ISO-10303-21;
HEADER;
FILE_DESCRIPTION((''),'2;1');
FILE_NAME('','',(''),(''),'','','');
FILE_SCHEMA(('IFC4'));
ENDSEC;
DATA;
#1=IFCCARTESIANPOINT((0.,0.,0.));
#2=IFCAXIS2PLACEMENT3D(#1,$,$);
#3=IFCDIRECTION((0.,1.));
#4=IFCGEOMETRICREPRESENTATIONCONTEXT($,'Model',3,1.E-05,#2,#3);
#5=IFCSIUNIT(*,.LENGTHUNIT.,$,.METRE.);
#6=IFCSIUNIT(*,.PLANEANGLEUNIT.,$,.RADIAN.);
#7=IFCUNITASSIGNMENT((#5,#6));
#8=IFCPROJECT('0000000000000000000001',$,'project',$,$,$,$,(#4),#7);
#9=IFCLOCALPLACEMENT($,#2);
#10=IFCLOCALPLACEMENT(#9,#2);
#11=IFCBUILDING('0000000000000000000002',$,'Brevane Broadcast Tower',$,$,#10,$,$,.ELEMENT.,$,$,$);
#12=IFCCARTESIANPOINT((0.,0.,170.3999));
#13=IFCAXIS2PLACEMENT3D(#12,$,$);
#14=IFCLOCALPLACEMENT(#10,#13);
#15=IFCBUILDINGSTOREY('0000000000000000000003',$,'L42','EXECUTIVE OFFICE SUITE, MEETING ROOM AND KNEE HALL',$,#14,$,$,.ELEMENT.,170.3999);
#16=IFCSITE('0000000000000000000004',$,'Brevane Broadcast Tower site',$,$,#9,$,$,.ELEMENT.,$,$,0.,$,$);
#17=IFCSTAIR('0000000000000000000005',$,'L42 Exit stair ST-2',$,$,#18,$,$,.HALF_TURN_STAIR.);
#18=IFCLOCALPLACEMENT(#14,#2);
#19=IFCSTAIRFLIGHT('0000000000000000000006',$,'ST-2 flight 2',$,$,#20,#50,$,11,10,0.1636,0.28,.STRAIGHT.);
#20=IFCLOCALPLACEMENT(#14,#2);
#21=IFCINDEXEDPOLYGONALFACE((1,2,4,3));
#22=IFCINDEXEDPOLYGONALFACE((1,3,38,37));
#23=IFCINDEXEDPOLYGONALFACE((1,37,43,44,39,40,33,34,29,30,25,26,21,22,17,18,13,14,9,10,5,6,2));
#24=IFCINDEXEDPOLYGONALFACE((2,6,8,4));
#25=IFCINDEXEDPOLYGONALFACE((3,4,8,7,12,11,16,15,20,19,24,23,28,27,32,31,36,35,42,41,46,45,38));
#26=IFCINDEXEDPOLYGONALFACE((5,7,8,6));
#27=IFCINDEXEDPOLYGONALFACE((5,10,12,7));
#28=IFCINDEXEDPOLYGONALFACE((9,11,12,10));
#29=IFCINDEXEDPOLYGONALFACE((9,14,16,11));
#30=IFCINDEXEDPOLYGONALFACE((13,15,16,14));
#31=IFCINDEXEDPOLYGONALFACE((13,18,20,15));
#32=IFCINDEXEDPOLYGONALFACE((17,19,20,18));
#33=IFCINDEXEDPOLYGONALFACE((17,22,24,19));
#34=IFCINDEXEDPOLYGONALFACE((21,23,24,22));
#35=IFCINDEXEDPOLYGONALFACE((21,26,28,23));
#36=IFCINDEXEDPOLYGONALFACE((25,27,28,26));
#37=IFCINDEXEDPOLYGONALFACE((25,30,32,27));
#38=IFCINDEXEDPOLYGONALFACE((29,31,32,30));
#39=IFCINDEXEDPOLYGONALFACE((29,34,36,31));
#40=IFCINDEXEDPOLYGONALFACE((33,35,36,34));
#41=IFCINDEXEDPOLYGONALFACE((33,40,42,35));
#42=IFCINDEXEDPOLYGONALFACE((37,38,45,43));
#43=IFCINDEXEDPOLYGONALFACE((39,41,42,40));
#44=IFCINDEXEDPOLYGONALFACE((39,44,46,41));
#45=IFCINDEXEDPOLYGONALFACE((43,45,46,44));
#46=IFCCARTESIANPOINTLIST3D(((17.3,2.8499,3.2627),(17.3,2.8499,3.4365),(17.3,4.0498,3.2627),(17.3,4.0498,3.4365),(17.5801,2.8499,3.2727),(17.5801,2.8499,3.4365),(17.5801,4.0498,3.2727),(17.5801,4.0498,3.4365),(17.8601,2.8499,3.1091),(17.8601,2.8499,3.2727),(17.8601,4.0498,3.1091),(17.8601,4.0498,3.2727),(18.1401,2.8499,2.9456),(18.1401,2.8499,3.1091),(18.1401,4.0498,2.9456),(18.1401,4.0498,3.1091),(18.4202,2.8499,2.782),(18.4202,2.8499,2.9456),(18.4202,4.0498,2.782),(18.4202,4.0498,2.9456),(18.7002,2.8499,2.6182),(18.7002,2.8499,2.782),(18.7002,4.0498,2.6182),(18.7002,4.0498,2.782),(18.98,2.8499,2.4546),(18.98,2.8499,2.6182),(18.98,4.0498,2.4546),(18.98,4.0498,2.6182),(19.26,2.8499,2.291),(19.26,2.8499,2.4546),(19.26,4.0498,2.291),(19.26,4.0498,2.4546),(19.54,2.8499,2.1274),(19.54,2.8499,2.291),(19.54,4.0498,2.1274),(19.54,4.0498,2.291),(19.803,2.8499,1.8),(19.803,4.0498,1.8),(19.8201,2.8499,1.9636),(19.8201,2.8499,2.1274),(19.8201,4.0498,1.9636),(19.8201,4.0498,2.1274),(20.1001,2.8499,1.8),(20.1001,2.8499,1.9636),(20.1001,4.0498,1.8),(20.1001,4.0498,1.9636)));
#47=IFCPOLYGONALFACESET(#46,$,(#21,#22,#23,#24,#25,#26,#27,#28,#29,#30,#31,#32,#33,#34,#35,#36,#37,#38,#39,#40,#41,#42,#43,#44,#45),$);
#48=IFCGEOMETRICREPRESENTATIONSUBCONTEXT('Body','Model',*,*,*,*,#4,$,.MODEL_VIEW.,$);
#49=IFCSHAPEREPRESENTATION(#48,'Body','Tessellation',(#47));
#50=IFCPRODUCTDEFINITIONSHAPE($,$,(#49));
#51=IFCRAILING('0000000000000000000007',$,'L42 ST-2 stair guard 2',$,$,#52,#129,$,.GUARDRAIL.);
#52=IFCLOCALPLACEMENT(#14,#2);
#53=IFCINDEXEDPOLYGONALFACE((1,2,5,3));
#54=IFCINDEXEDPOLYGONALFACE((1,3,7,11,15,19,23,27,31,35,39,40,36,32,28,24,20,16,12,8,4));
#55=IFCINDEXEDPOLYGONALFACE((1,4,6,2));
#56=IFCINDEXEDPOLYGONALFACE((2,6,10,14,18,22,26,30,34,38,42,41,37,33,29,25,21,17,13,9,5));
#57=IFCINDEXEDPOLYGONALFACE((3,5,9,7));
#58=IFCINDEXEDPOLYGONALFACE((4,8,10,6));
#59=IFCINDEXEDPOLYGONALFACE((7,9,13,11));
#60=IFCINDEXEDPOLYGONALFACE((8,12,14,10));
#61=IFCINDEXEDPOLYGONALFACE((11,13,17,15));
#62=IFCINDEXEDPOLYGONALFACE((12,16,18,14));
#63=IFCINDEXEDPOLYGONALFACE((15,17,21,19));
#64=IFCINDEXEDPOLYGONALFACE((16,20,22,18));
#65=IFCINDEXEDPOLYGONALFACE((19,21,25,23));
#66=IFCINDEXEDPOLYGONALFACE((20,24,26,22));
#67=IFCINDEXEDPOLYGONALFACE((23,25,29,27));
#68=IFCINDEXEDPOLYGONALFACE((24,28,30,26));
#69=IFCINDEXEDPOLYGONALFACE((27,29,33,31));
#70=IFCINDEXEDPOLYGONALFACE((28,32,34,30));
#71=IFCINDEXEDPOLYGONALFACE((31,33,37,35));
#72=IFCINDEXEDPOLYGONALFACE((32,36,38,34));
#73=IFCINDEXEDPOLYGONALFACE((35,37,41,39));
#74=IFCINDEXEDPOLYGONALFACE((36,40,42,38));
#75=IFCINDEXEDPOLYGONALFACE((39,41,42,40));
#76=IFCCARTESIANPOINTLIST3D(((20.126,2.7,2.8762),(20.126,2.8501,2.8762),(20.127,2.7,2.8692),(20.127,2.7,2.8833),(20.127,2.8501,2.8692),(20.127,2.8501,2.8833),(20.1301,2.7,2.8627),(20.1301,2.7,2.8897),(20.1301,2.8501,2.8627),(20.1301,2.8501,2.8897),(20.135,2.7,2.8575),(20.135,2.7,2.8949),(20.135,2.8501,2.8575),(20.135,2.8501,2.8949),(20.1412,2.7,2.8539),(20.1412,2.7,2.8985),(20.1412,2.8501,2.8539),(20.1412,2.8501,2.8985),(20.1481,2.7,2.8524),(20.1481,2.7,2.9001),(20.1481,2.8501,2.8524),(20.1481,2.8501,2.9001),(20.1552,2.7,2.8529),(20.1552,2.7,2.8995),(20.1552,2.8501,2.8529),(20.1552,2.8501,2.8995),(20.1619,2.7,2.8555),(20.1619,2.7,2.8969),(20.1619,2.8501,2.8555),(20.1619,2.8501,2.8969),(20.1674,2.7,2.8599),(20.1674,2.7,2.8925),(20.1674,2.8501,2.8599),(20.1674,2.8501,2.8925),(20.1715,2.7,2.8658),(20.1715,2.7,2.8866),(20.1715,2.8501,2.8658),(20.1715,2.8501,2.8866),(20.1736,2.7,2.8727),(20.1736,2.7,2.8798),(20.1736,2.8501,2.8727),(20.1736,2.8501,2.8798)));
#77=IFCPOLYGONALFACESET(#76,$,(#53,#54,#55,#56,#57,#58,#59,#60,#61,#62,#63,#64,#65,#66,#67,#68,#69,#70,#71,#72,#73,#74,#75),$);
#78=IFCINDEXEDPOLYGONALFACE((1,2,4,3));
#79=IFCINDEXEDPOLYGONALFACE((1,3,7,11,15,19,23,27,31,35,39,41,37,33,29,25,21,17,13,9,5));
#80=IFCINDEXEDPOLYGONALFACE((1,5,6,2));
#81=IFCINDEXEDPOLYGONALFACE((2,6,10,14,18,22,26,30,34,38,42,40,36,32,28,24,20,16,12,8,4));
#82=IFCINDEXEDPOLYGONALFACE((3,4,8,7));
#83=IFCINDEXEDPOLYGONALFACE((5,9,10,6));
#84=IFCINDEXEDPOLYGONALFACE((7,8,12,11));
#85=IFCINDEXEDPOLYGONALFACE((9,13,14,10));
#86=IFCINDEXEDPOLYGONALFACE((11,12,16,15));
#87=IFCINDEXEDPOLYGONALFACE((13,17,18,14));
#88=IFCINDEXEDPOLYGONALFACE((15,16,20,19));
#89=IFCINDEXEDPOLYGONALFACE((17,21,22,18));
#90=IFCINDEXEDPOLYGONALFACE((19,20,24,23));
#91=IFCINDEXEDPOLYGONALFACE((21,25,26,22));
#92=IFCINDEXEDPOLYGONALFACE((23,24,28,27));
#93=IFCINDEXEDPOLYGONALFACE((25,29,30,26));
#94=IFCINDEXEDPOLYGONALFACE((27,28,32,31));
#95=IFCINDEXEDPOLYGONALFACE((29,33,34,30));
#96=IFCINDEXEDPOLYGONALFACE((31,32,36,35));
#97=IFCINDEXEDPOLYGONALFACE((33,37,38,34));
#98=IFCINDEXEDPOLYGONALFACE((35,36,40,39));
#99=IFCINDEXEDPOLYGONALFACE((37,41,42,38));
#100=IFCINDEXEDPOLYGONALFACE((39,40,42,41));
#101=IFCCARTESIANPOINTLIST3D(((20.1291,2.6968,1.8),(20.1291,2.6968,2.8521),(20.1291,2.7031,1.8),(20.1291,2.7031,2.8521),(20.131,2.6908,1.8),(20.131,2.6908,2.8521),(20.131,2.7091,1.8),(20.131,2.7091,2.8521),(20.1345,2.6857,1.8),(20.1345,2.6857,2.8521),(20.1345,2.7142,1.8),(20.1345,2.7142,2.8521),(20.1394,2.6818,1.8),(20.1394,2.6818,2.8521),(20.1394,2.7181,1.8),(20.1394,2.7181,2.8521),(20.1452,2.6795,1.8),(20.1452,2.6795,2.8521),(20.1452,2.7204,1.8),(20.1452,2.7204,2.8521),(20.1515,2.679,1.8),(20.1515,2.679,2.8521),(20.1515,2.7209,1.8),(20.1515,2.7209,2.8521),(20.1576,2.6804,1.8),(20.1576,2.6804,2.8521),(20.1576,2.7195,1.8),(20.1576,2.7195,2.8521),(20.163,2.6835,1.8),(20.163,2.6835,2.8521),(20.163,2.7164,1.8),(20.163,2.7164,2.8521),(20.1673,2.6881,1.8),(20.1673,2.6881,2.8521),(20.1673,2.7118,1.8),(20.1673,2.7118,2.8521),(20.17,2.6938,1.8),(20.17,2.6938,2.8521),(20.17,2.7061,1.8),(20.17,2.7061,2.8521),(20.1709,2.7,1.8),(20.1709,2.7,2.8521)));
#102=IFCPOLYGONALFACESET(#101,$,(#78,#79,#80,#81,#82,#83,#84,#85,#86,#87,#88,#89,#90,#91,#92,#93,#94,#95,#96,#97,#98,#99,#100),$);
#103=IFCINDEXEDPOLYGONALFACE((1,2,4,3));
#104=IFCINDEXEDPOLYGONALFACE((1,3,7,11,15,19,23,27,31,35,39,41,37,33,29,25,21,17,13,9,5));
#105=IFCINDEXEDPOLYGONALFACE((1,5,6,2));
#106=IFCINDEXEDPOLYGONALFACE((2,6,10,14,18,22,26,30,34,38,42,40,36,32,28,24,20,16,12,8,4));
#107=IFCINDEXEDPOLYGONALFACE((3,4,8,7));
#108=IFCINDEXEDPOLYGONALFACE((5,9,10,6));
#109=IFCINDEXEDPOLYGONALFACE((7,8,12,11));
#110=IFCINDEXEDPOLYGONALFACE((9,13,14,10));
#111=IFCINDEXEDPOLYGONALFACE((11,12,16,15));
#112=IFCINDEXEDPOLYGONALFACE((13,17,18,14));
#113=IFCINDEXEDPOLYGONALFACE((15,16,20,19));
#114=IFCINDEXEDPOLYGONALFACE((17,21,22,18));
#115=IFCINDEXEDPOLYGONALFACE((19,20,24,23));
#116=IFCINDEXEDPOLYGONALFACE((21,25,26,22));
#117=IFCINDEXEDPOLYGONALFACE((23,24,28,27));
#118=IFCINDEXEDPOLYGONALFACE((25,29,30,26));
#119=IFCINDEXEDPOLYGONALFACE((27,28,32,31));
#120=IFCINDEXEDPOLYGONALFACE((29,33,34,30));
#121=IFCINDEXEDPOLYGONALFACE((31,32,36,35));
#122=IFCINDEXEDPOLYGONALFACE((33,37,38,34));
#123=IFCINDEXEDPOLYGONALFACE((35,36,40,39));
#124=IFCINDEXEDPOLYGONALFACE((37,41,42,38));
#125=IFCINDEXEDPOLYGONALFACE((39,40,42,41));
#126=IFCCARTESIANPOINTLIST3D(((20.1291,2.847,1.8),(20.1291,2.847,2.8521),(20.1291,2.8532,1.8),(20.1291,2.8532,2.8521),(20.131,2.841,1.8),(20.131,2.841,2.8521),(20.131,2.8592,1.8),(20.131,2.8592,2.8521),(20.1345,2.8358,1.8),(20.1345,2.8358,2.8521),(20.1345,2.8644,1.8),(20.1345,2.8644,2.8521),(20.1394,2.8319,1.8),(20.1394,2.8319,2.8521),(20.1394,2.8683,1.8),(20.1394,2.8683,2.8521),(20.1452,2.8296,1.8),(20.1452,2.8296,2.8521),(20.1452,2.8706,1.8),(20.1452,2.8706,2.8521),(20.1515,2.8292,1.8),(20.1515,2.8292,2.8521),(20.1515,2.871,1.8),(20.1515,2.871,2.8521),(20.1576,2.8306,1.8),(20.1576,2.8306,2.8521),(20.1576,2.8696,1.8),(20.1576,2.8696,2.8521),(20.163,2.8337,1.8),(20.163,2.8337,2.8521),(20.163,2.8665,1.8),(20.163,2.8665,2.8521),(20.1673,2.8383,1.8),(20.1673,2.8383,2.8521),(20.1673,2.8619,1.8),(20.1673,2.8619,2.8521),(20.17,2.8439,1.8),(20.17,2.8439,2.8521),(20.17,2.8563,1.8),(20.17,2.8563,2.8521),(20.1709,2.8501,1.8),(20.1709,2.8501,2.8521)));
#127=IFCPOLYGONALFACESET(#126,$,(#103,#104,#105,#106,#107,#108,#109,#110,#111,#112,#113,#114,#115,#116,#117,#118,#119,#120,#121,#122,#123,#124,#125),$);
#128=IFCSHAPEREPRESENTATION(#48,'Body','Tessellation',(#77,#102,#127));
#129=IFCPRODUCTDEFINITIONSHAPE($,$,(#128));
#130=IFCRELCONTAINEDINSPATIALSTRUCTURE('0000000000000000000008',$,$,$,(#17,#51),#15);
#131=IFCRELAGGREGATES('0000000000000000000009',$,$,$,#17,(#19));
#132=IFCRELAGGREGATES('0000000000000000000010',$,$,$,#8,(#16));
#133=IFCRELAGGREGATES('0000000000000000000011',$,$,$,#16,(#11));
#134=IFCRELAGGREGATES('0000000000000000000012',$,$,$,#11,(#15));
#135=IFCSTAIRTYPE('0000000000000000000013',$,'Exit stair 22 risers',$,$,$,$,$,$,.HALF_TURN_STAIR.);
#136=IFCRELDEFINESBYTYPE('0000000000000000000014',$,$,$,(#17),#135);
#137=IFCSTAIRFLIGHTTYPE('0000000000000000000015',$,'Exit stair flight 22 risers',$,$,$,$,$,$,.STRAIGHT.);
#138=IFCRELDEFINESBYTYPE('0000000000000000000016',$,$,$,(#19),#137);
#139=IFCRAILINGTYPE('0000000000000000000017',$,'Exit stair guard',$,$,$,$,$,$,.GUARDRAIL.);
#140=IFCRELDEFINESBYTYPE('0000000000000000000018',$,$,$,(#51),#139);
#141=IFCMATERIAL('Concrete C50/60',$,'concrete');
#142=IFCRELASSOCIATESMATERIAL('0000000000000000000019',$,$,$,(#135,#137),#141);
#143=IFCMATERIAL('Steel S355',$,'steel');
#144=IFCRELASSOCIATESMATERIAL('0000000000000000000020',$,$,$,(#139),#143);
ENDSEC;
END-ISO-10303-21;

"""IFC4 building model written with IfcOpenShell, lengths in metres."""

from ifc_helpers import new_model, si_unit, direction, frame, origin, origin_2d, place, context, subcontext, project, spatial, polyline, circle, outline, extrude, material, type_object, element, aggregate, save


model = new_model("IFC4")

# Units and contexts
model_context = context("Model", 3, precision=1e-05, world=origin(), true_north=direction((0.0, 1.0)))
body_context = subcontext(model_context, "Body", "Model", "MODEL_VIEW")
ifc_project = project(units=[si_unit("LENGTHUNIT", "METRE"), si_unit("PLANEANGLEUNIT", "RADIAN")], contexts=[model_context])

# Site, building, storey
site_placement = place(None, origin())
site = spatial("IfcSite", under=ifc_project, at=site_placement, Name="Brevane Broadcast Tower site", CompositionType="ELEMENT", RefElevation=0.0)
building_placement = place(site_placement, origin())
building = spatial("IfcBuilding", under=site, at=building_placement, Name="Brevane Broadcast Tower", CompositionType="ELEMENT")
storey_placement = place(building_placement, frame((0.0, 0.0, 170.3999)))
storey = spatial("IfcBuildingStorey", under=building, at=storey_placement, Name="L42", Description="EXECUTIVE OFFICE SUITE, MEETING ROOM AND KNEE HALL", CompositionType="ELEMENT", Elevation=170.3999)

# Stair, stair flight
ifc_material_1 = material(Name="Concrete C50/60", Category="concrete")
stair_type = type_object("IfcStairType", Name="Exit stair 22 risers", PredefinedType="HALF_TURN_STAIR", material=ifc_material_1)
stair_placement = place(storey_placement, origin())
stair = element("IfcStair", 1, at=stair_placement, inside=storey, type_object=stair_type, Name="L42 Exit stair ST-2", PredefinedType="HALF_TURN_STAIR")
stair_flight_type = type_object("IfcStairFlightType", Name="Exit stair flight 22 risers", PredefinedType="STRAIGHT", material=ifc_material_1)
stair_flight_placement = place(storey_placement, frame((20.1001, 3.45, 1.8), z_axis=(0.0, 0.0, 1.0), x_axis=(-1.0, 0.0, 0.0)))
stair_flight = element("IfcStairFlight", 2, at=stair_flight_placement, type_object=stair_flight_type, Name="ST-2 flight 2", NumberOfRisers=11, NumberOfTreads=10, PredefinedType="STRAIGHT", RiserHeight=0.1636, TreadLength=0.28, context=body_context, shape_type="SweptSolid", body=[
    extrude(outline(polyline([(0.0, 0.0), (0.0, 0.1636), (0.28, 0.1636), (0.28, 0.3274), (0.5601, 0.3274), (0.5601, 0.491), (0.8401, 0.491), (0.8401, 0.6545), (1.1201, 0.6545), (1.1201, 0.8181), (1.3999, 0.8181), (1.3999, 0.9819), (1.6799, 0.9819), (1.6799, 1.1455), (1.96, 1.1455), (1.96, 1.3091), (2.24, 1.3091), (2.24, 1.4727), (2.52, 1.4727), (2.52, 1.6365), (2.8, 1.6365), (2.8, 1.8), (2.8, 1.4626), (0.2971, 0.0), (0.0, 0.0)])), frame((0.0, 0.6001, 0.0), z_axis=(0.0, -1.0, 0.0), x_axis=(1.0, 0.0, 0.0)), (0.0, 0.0, 1.0), 1.2),
])
aggregate(stair, [stair_flight])

# Railing
ifc_material_2 = material(Name="Steel S355", Category="steel")
railing_type_1 = type_object("IfcRailingType", Name="Exit stair guard", PredefinedType="GUARDRAIL", material=ifc_material_2)
railing_1_placement = place(storey_placement, frame((20.1499, 2.7, 1.8)))
element("IfcRailing", 3, at=railing_1_placement, inside=storey, type_object=railing_type_1, Name="L42 ST-2 stair guard 2", PredefinedType="GUARDRAIL", context=body_context, shape_type="SweptSolid", body=[
    extrude(circle(Radius=0.0239, at=origin_2d()), frame((0.0, 0.0, 1.0762), z_axis=(0.0, 1.0, 0.0), x_axis=(-1.0, 0.0, 0.0)), (0.0, 0.0, 1.0), 0.1501),
    extrude(circle(Radius=0.021, at=origin_2d()), origin(), (0.0, 0.0, 1.0), 1.052),
    extrude(circle(Radius=0.021, at=origin_2d()), frame((0.0, 0.1501, 0.0)), (0.0, 0.0, 1.0), 1.052),
])

save(model, "model.ifc")
